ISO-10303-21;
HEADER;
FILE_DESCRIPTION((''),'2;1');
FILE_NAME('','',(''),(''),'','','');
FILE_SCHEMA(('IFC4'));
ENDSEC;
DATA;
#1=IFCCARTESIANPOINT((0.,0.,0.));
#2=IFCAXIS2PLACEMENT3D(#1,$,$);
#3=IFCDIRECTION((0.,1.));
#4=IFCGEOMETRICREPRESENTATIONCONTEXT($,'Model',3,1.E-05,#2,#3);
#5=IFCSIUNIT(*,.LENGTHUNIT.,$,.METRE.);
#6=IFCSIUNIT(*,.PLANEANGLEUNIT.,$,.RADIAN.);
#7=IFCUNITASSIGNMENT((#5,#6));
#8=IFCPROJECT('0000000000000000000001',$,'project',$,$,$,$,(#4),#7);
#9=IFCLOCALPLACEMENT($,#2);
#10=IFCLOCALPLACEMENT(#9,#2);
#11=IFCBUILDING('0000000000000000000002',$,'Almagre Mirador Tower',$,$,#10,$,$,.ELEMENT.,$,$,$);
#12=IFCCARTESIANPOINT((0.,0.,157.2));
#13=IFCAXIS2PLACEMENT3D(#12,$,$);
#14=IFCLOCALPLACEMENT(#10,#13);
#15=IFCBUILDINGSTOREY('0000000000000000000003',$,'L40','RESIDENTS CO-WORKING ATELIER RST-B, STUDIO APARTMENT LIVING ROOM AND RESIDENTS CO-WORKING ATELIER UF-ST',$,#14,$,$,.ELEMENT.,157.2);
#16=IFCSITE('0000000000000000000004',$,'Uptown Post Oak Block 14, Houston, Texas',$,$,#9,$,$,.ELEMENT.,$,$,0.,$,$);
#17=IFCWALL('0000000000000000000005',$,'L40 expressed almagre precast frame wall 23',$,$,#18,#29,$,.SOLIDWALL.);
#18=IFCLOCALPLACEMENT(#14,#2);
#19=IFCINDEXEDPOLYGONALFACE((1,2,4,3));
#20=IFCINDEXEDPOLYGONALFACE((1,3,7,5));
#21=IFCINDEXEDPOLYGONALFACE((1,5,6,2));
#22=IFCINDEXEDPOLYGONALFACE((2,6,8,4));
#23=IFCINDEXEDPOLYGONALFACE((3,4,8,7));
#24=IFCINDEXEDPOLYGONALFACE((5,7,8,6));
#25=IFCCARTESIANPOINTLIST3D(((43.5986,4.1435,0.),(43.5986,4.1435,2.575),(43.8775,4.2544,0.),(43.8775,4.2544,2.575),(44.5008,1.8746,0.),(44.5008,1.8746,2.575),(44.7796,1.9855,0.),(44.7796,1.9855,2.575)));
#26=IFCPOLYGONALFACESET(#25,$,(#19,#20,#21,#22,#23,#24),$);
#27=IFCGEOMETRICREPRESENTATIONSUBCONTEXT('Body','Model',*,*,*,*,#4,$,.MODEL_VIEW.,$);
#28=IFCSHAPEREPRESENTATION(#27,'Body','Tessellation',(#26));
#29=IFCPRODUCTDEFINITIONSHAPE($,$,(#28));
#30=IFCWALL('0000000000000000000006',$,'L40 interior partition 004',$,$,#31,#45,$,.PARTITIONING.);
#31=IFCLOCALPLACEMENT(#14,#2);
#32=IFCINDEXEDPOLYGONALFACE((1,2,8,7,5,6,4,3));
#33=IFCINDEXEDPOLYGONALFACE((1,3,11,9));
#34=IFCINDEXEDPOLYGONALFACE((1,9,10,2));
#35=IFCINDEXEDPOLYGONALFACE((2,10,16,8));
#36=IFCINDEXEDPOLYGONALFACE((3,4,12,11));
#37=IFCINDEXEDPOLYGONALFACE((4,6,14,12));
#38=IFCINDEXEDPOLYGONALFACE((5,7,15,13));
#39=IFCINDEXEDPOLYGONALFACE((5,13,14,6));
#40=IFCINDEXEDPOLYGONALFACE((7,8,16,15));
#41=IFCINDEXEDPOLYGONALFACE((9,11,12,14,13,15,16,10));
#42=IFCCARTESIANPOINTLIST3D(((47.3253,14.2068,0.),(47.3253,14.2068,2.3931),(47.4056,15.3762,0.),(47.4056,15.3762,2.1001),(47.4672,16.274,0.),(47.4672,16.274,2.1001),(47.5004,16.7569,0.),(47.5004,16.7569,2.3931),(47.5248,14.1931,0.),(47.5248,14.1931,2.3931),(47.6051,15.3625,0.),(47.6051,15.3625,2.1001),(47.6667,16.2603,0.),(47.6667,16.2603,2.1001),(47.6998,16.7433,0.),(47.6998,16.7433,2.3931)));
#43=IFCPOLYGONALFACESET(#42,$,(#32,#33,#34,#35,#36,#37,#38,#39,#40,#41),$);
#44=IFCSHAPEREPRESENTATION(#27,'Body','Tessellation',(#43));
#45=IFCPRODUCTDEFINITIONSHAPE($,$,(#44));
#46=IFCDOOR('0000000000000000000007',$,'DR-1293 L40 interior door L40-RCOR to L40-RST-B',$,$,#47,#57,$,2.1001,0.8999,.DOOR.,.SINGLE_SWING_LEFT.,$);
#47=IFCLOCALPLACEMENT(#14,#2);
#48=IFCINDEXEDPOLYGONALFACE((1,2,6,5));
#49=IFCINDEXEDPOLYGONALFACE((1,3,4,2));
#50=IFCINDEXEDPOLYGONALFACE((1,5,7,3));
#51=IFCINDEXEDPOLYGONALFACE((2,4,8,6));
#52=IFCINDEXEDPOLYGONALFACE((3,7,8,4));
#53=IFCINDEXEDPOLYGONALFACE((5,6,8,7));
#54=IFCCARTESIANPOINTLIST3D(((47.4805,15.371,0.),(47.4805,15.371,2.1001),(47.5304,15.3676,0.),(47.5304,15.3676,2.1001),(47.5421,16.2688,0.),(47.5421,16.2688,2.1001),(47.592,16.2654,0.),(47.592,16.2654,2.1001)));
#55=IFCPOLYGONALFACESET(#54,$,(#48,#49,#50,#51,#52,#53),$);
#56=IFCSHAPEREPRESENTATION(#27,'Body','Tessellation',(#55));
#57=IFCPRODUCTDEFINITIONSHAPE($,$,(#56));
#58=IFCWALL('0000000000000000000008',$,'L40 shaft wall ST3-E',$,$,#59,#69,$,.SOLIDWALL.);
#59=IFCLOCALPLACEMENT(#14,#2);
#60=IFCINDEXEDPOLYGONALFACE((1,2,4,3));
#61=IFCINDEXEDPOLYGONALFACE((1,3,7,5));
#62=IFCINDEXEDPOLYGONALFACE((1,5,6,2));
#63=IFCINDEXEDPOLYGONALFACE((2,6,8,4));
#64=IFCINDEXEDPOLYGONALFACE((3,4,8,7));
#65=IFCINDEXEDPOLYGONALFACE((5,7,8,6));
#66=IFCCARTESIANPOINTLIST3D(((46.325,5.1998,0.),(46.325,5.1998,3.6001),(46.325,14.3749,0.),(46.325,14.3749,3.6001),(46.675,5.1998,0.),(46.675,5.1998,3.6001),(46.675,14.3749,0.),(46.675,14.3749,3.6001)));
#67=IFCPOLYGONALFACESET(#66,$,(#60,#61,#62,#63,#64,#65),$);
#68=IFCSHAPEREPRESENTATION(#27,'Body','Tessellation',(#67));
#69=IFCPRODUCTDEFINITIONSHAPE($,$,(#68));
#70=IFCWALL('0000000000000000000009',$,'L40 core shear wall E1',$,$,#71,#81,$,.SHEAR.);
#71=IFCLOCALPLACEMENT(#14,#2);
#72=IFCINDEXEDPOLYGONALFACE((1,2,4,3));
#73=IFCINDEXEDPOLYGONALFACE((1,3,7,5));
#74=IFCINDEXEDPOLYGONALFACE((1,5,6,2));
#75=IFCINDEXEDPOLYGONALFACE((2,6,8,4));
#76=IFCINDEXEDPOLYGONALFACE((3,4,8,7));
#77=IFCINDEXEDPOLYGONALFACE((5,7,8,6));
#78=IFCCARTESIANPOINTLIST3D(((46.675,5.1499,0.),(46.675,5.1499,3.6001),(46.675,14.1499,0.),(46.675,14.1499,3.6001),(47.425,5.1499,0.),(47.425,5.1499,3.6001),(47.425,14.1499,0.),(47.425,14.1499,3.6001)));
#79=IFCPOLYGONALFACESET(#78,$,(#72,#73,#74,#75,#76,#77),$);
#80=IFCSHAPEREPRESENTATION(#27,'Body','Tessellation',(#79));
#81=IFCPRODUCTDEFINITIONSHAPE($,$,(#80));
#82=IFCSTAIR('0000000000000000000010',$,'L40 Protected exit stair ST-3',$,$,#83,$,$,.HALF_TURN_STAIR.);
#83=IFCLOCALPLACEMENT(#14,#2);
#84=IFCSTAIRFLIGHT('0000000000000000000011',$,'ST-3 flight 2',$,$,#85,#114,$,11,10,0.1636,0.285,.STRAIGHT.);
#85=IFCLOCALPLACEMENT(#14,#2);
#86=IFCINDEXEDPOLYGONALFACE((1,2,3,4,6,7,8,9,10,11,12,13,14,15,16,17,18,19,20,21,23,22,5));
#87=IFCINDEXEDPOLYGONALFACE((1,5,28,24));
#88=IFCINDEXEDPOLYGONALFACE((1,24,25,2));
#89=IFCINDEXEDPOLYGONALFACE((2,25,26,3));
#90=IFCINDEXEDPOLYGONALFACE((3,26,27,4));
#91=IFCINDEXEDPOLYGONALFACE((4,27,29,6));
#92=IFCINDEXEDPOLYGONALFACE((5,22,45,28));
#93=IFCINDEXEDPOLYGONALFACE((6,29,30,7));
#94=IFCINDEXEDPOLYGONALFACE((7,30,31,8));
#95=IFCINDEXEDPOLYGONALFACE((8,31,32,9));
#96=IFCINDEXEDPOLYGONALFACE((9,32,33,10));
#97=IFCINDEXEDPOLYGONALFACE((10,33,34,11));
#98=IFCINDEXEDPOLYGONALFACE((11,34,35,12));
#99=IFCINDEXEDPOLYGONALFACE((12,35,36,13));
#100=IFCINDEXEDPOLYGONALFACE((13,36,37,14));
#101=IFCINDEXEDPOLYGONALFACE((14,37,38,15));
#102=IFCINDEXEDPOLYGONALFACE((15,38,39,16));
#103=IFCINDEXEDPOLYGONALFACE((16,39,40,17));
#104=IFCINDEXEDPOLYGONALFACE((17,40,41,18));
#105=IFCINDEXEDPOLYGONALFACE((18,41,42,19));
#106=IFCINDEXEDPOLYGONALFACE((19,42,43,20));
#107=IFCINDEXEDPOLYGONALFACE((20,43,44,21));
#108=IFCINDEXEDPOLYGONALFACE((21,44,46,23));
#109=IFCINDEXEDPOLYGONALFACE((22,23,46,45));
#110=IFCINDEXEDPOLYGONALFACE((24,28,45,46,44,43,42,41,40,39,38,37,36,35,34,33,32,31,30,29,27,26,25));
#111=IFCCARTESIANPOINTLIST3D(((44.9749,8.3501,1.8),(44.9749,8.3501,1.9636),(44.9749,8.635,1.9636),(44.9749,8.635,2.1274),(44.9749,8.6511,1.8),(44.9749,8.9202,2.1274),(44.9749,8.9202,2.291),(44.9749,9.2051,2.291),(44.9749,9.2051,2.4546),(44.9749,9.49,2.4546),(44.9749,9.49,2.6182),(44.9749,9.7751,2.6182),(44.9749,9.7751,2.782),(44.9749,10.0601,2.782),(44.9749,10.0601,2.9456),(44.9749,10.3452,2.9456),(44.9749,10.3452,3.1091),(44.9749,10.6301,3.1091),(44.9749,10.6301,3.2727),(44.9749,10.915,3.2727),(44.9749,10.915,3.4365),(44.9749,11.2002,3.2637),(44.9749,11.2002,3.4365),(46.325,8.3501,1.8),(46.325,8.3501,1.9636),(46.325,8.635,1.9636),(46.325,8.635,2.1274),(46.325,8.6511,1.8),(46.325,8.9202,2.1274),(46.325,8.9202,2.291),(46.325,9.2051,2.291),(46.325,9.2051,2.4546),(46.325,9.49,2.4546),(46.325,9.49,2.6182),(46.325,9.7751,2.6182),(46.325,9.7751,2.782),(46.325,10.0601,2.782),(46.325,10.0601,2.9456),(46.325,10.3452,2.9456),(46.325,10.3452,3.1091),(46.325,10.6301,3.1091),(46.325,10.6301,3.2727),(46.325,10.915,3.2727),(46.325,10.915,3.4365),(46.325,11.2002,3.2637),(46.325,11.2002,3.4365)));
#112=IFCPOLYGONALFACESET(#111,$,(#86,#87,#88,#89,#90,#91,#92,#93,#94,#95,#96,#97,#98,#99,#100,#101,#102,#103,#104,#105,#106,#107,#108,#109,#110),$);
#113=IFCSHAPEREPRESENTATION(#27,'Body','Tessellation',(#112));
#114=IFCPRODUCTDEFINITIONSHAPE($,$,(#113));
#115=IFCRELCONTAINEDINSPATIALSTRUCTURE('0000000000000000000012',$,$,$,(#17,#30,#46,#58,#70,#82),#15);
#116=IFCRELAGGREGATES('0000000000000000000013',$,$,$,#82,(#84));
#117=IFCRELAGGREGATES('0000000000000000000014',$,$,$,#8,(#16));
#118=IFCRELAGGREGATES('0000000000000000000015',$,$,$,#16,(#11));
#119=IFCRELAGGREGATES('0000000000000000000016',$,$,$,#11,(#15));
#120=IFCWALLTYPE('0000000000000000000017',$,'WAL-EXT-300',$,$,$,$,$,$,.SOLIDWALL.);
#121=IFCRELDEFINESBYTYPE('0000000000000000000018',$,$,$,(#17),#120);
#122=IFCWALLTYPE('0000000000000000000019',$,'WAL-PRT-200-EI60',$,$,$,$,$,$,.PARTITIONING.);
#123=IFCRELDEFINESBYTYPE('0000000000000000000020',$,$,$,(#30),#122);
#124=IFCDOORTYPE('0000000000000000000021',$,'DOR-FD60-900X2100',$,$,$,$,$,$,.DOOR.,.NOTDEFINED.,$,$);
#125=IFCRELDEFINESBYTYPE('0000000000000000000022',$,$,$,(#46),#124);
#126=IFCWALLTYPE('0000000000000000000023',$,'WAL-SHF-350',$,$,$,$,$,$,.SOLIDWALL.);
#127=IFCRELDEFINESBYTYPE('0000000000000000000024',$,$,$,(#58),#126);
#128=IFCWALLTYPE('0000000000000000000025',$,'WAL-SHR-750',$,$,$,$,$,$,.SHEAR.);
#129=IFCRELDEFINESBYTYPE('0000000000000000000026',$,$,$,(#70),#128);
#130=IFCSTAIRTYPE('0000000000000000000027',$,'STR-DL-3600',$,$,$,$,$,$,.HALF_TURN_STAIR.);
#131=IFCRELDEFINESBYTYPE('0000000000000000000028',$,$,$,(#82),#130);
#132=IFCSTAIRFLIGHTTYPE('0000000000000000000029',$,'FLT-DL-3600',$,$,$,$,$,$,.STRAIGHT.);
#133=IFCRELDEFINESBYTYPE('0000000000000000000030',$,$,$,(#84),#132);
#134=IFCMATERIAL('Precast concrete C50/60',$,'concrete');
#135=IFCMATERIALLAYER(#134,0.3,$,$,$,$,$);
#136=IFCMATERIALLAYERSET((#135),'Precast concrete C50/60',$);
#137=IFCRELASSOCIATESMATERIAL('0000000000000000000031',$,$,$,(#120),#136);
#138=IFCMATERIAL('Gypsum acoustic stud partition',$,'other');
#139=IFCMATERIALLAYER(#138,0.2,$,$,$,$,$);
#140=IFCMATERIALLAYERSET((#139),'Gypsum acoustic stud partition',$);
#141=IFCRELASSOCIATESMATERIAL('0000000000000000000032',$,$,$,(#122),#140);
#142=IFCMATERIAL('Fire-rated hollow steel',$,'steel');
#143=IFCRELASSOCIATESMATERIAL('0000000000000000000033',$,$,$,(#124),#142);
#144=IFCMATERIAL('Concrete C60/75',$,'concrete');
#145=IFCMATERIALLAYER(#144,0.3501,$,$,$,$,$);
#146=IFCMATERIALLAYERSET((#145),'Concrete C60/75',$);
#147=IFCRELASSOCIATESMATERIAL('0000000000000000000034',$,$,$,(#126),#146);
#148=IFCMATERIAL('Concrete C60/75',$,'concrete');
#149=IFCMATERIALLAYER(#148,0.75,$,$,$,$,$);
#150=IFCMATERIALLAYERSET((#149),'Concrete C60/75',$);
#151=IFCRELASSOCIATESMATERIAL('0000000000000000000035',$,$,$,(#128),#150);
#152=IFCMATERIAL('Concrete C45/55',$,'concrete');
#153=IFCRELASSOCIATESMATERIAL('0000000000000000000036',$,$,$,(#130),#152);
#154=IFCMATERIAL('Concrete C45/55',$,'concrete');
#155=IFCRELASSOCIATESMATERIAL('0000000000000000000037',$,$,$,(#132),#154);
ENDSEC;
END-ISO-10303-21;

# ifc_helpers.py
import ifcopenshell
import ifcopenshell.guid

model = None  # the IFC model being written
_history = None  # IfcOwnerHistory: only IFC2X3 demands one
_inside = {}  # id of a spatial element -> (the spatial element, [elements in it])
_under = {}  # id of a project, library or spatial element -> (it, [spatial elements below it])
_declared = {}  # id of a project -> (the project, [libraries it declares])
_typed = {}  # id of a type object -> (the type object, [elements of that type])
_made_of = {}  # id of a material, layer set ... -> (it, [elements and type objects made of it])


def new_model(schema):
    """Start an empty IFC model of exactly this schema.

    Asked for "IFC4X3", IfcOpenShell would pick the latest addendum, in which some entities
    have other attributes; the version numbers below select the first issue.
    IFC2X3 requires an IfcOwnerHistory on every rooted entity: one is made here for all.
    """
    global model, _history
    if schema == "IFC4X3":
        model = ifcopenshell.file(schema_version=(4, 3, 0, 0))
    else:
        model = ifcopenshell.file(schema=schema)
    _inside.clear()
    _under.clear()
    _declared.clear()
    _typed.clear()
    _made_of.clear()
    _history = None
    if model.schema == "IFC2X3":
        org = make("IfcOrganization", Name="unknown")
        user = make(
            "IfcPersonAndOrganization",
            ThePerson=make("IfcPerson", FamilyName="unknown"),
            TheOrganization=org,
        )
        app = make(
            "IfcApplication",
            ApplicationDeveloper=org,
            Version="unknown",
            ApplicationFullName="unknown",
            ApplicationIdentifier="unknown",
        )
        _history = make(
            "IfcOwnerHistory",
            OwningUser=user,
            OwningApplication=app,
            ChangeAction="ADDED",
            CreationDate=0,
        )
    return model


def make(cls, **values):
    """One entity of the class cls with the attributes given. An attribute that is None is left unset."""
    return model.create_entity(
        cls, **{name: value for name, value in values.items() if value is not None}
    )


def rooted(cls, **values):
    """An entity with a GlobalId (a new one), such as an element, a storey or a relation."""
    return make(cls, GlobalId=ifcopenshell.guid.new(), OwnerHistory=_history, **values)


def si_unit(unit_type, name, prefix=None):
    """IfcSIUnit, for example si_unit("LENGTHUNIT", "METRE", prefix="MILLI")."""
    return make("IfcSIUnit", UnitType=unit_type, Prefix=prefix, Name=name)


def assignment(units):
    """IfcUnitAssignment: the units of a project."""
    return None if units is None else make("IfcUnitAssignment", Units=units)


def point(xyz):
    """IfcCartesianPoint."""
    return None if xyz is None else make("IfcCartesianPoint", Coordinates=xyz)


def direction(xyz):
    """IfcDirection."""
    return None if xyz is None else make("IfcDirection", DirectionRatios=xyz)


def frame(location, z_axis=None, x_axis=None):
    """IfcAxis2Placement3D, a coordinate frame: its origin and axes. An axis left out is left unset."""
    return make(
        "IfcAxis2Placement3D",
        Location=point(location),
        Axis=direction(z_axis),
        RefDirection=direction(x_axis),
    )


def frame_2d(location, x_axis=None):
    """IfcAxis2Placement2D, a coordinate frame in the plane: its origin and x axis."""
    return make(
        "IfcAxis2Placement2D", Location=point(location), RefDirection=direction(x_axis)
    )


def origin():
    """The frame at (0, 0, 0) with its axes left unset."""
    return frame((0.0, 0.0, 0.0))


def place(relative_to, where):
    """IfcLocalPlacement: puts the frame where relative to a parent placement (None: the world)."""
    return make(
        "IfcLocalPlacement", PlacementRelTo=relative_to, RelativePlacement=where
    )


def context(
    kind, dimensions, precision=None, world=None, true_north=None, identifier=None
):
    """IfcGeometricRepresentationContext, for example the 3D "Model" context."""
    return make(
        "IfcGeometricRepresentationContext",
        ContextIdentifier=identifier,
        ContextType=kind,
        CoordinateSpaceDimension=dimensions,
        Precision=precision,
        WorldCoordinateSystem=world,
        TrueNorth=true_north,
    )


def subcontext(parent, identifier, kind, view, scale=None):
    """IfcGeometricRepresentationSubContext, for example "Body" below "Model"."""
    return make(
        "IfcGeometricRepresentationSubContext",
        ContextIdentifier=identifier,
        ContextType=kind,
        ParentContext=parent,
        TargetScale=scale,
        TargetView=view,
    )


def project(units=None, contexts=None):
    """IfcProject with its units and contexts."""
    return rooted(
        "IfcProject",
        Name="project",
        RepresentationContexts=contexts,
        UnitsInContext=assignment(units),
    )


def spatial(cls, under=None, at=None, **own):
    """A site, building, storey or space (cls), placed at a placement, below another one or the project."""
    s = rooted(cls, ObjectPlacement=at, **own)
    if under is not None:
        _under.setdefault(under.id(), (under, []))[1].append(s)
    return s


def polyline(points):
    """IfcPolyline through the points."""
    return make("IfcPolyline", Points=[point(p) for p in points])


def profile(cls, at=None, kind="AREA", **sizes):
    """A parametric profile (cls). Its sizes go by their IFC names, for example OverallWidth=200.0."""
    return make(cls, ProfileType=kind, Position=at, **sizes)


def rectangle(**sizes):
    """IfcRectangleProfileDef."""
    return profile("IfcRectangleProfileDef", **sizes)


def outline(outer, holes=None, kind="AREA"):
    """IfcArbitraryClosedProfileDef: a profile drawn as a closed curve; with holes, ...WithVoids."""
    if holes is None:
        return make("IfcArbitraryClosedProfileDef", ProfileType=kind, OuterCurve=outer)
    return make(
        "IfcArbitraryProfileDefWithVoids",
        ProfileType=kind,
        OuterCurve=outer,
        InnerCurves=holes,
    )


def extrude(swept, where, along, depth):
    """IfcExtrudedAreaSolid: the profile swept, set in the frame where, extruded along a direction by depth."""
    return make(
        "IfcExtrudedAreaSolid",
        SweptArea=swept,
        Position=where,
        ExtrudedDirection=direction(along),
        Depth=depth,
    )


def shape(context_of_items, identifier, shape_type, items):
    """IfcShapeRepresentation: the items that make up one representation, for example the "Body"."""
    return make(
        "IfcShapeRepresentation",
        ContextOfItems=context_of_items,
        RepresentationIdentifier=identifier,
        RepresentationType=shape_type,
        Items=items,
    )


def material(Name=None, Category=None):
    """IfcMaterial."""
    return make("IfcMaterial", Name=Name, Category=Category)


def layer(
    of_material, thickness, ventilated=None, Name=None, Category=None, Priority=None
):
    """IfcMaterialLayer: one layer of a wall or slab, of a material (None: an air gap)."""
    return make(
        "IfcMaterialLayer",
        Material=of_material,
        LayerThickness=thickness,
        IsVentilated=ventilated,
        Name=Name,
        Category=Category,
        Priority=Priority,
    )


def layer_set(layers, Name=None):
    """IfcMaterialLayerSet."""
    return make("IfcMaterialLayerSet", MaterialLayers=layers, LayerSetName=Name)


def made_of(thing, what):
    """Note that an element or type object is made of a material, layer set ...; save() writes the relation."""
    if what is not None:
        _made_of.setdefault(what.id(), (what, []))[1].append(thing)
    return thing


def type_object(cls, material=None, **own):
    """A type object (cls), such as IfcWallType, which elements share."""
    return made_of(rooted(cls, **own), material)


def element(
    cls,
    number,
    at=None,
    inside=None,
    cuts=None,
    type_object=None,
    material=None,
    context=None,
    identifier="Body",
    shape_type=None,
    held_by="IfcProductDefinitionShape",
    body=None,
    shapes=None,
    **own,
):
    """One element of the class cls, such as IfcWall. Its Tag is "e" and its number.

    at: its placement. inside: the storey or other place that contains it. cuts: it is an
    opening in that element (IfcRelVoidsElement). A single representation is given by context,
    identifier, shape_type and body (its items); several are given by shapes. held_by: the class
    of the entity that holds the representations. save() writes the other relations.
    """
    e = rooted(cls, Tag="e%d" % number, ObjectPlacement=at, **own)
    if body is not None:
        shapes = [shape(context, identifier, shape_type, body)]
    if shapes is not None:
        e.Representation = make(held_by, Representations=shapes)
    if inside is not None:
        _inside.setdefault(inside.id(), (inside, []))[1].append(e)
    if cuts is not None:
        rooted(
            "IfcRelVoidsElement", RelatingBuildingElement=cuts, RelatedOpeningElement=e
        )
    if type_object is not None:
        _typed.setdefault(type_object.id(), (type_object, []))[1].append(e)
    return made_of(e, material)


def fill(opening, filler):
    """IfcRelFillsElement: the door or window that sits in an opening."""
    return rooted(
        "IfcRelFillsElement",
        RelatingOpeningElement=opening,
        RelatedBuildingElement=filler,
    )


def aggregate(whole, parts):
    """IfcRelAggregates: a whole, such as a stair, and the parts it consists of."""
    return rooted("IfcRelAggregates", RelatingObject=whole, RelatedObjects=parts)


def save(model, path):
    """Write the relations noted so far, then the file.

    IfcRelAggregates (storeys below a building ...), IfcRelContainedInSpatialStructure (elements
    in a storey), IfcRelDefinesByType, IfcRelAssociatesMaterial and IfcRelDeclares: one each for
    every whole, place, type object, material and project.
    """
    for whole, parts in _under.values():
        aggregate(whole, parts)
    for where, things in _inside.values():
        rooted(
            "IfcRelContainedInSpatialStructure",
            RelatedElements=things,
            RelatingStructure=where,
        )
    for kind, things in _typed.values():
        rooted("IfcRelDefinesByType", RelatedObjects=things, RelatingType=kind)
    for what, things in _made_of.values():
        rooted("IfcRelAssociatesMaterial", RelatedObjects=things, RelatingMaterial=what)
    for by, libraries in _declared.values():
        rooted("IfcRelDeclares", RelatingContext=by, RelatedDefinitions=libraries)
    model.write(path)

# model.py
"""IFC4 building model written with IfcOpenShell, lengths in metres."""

from ifc_helpers import new_model, si_unit, direction, frame, frame_2d, origin, place, context, subcontext, project, spatial, polyline, rectangle, outline, extrude, material, layer, layer_set, type_object, element, fill, aggregate, save


model = new_model("IFC4")

# Units and contexts
model_context = context("Model", 3, precision=1e-05, world=origin(), true_north=direction((0.0, 1.0)))
body_context = subcontext(model_context, "Body", "Model", "MODEL_VIEW")
ifc_project = project(units=[si_unit("LENGTHUNIT", "METRE"), si_unit("PLANEANGLEUNIT", "RADIAN")], contexts=[model_context])

# Site, building, storey
site_placement = place(None, origin())
site = spatial("IfcSite", under=ifc_project, at=site_placement, Name="Uptown Post Oak Block 14, Houston, Texas", CompositionType="ELEMENT", RefElevation=0.0)
building_placement = place(site_placement, origin())
building = spatial("IfcBuilding", under=site, at=building_placement, Name="Almagre Mirador Tower", CompositionType="ELEMENT")
storey_placement = place(building_placement, frame((0.0, 0.0, 157.2)))
storey = spatial("IfcBuildingStorey", under=building, at=storey_placement, Name="L40", Description="RESIDENTS CO-WORKING ATELIER RST-B, STUDIO APARTMENT LIVING ROOM AND RESIDENTS CO-WORKING ATELIER UF-ST", CompositionType="ELEMENT", Elevation=157.2)

# Wall
ifc_material_1 = material(Name="Precast concrete C50/60", Category="concrete")
ifc_layer_1 = layer(ifc_material_1, 0.3)
ifc_layer_set_1 = layer_set([ifc_layer_1], Name="Precast concrete C50/60")
wall_type_1 = type_object("IfcWallType", Name="WAL-EXT-300", PredefinedType="SOLIDWALL", material=ifc_layer_set_1)
wall_1_placement = place(storey_placement, frame((44.6401, 1.9302, 0.0), z_axis=(0.0, 0.0, 1.0), x_axis=(-0.369476, 0.92924, 0.0)))
element("IfcWall", 1, at=wall_1_placement, inside=storey, type_object=wall_type_1, Name="L40 expressed almagre precast frame wall 23", PredefinedType="SOLIDWALL", context=body_context, shape_type="SweptSolid", body=[
    extrude(rectangle(XDim=2.4417, YDim=0.3, at=frame_2d((1.2207, 0.0))), origin(), (0.0, 0.0, 1.0), 2.575),
])

# Wall, opening, door
ifc_material_2 = material(Name="Gypsum acoustic stud partition", Category="other")
ifc_layer_2 = layer(ifc_material_2, 0.2)
ifc_layer_set_2 = layer_set([ifc_layer_2], Name="Gypsum acoustic stud partition")
wall_type_2 = type_object("IfcWallType", Name="WAL-PRT-200-EI60", PredefinedType="PARTITIONING", material=ifc_layer_set_2)
wall_2_placement = place(storey_placement, frame((47.425, 14.2, 0.0), z_axis=(0.0, 0.0, 1.0), x_axis=(0.068484, 0.997652, 0.0)))
wall_2 = element("IfcWall", 2, at=wall_2_placement, inside=storey, type_object=wall_type_2, Name="L40 interior partition 004", PredefinedType="PARTITIONING", context=body_context, shape_type="SweptSolid", body=[
    extrude(rectangle(XDim=2.5562, YDim=0.2, at=frame_2d((1.2781, 0.0))), origin(), (0.0, 0.0, 1.0), 2.3931),
])
opening_placement = place(wall_2_placement, frame((1.1721, 0.0, 0.0)))
opening = element("IfcOpeningElement", 3, at=opening_placement, cuts=wall_2, PredefinedType="OPENING", context=body_context, shape_type="SweptSolid", body=[
    extrude(rectangle(XDim=0.8999, YDim=2.1001, at=frame_2d((0.45, 1.05))), frame((0.0, 0.1101, 0.0), z_axis=(0.0, -1.0, 0.0), x_axis=(1.0, 0.0, 0.0)), (0.0, 0.0, 1.0), 0.22),
])
ifc_material_3 = material(Name="Fire-rated hollow steel", Category="steel")
door_type = type_object("IfcDoorType", Name="DOR-FD60-900X2100", OperationType="NOTDEFINED", PredefinedType="DOOR", material=ifc_material_3)
door_placement = place(opening_placement, origin())
door = element("IfcDoor", 4, at=door_placement, inside=storey, type_object=door_type, Name="DR-1293 L40 interior door L40-RCOR to L40-RST-B", OperationType="SINGLE_SWING_LEFT", OverallHeight=2.1001, OverallWidth=0.8999, PredefinedType="DOOR", context=body_context, shape_type="SweptSolid", body=[
    extrude(rectangle(XDim=0.8999, YDim=2.1001, at=frame_2d((0.45, 1.05))), frame((0.0, 0.0249, 0.0), z_axis=(0.0, -1.0, 0.0), x_axis=(1.0, 0.0, 0.0)), (0.0, 0.0, 1.0), 0.05),
])
fill(opening, door)

# Walls
ifc_material_4 = material(Name="Concrete C60/75", Category="concrete")
ifc_layer_3 = layer(ifc_material_4, 0.3501)
ifc_layer_set_3 = layer_set([ifc_layer_3], Name="Concrete C60/75")
wall_type_3 = type_object("IfcWallType", Name="WAL-SHF-350", PredefinedType="SOLIDWALL", material=ifc_layer_set_3)
wall_3_placement = place(storey_placement, frame((46.5, 5.2, 0.0), z_axis=(0.0, 0.0, 1.0), x_axis=(0.0, 1.0, 0.0)))
element("IfcWall", 5, at=wall_3_placement, inside=storey, type_object=wall_type_3, Name="L40 shaft wall ST3-E", PredefinedType="SOLIDWALL", context=body_context, shape_type="SweptSolid", body=[
    extrude(rectangle(XDim=9.175, YDim=0.3501, at=frame_2d((4.5874, 0.0))), origin(), (0.0, 0.0, 1.0), 3.6001),
])
ifc_material_5 = material(Name="Concrete C60/75", Category="concrete")
ifc_layer_4 = layer(ifc_material_5, 0.75)
ifc_layer_set_4 = layer_set([ifc_layer_4], Name="Concrete C60/75")
wall_type_4 = type_object("IfcWallType", Name="WAL-SHR-750", PredefinedType="SHEAR", material=ifc_layer_set_4)
wall_4_placement = place(storey_placement, frame((47.05, 5.1499, 0.0), z_axis=(0.0, 0.0, 1.0), x_axis=(0.0, 1.0, 0.0)))
element("IfcWall", 6, at=wall_4_placement, inside=storey, type_object=wall_type_4, Name="L40 core shear wall E1", PredefinedType="SHEAR", context=body_context, shape_type="SweptSolid", body=[
    extrude(rectangle(XDim=9.0, YDim=0.75, at=frame_2d((4.5, 0.0))), origin(), (0.0, 0.0, 1.0), 3.6001),
])

# Stair, stair flight
ifc_material_6 = material(Name="Concrete C45/55", Category="concrete")
stair_type = type_object("IfcStairType", Name="STR-DL-3600", PredefinedType="HALF_TURN_STAIR", material=ifc_material_6)
stair_placement = place(storey_placement, origin())
stair = element("IfcStair", 7, at=stair_placement, inside=storey, type_object=stair_type, Name="L40 Protected exit stair ST-3", PredefinedType="HALF_TURN_STAIR")
ifc_material_7 = material(Name="Concrete C45/55", Category="concrete")
stair_flight_type = type_object("IfcStairFlightType", Name="FLT-DL-3600", PredefinedType="STRAIGHT", material=ifc_material_7)
stair_flight_placement = place(storey_placement, frame((45.6499, 8.3501, 1.8), z_axis=(0.0, 0.0, 1.0), x_axis=(0.0, 1.0, 0.0)))
stair_flight = element("IfcStairFlight", 8, at=stair_flight_placement, type_object=stair_flight_type, Name="ST-3 flight 2", NumberOfRisers=11, NumberOfTreads=10, PredefinedType="STRAIGHT", RiserHeight=0.1636, TreadLength=0.285, context=body_context, shape_type="SweptSolid", body=[
    extrude(outline(polyline([(0.0, 0.0), (0.0, 0.1636), (0.2849, 0.1636), (0.2849, 0.3274), (0.5701, 0.3274), (0.5701, 0.491), (0.855, 0.491), (0.855, 0.6545), (1.1399, 0.6545), (1.1399, 0.8181), (1.425, 0.8181), (1.425, 0.9819), (1.71, 0.9819), (1.71, 1.1455), (1.9951, 1.1455), (1.9951, 1.3091), (2.28, 1.3091), (2.28, 1.4727), (2.5649, 1.4727), (2.5649, 1.6365), (2.8501, 1.6365), (2.8501, 1.8), (2.8501, 1.4636), (0.301, 0.0), (0.0, 0.0)])), frame((0.0, 0.675, 0.0), z_axis=(0.0, -1.0, 0.0), x_axis=(1.0, 0.0, 0.0)), (0.0, 0.0, 1.0), 1.3501),
])
aggregate(stair, [stair_flight])

save(model, "model.ifc")
